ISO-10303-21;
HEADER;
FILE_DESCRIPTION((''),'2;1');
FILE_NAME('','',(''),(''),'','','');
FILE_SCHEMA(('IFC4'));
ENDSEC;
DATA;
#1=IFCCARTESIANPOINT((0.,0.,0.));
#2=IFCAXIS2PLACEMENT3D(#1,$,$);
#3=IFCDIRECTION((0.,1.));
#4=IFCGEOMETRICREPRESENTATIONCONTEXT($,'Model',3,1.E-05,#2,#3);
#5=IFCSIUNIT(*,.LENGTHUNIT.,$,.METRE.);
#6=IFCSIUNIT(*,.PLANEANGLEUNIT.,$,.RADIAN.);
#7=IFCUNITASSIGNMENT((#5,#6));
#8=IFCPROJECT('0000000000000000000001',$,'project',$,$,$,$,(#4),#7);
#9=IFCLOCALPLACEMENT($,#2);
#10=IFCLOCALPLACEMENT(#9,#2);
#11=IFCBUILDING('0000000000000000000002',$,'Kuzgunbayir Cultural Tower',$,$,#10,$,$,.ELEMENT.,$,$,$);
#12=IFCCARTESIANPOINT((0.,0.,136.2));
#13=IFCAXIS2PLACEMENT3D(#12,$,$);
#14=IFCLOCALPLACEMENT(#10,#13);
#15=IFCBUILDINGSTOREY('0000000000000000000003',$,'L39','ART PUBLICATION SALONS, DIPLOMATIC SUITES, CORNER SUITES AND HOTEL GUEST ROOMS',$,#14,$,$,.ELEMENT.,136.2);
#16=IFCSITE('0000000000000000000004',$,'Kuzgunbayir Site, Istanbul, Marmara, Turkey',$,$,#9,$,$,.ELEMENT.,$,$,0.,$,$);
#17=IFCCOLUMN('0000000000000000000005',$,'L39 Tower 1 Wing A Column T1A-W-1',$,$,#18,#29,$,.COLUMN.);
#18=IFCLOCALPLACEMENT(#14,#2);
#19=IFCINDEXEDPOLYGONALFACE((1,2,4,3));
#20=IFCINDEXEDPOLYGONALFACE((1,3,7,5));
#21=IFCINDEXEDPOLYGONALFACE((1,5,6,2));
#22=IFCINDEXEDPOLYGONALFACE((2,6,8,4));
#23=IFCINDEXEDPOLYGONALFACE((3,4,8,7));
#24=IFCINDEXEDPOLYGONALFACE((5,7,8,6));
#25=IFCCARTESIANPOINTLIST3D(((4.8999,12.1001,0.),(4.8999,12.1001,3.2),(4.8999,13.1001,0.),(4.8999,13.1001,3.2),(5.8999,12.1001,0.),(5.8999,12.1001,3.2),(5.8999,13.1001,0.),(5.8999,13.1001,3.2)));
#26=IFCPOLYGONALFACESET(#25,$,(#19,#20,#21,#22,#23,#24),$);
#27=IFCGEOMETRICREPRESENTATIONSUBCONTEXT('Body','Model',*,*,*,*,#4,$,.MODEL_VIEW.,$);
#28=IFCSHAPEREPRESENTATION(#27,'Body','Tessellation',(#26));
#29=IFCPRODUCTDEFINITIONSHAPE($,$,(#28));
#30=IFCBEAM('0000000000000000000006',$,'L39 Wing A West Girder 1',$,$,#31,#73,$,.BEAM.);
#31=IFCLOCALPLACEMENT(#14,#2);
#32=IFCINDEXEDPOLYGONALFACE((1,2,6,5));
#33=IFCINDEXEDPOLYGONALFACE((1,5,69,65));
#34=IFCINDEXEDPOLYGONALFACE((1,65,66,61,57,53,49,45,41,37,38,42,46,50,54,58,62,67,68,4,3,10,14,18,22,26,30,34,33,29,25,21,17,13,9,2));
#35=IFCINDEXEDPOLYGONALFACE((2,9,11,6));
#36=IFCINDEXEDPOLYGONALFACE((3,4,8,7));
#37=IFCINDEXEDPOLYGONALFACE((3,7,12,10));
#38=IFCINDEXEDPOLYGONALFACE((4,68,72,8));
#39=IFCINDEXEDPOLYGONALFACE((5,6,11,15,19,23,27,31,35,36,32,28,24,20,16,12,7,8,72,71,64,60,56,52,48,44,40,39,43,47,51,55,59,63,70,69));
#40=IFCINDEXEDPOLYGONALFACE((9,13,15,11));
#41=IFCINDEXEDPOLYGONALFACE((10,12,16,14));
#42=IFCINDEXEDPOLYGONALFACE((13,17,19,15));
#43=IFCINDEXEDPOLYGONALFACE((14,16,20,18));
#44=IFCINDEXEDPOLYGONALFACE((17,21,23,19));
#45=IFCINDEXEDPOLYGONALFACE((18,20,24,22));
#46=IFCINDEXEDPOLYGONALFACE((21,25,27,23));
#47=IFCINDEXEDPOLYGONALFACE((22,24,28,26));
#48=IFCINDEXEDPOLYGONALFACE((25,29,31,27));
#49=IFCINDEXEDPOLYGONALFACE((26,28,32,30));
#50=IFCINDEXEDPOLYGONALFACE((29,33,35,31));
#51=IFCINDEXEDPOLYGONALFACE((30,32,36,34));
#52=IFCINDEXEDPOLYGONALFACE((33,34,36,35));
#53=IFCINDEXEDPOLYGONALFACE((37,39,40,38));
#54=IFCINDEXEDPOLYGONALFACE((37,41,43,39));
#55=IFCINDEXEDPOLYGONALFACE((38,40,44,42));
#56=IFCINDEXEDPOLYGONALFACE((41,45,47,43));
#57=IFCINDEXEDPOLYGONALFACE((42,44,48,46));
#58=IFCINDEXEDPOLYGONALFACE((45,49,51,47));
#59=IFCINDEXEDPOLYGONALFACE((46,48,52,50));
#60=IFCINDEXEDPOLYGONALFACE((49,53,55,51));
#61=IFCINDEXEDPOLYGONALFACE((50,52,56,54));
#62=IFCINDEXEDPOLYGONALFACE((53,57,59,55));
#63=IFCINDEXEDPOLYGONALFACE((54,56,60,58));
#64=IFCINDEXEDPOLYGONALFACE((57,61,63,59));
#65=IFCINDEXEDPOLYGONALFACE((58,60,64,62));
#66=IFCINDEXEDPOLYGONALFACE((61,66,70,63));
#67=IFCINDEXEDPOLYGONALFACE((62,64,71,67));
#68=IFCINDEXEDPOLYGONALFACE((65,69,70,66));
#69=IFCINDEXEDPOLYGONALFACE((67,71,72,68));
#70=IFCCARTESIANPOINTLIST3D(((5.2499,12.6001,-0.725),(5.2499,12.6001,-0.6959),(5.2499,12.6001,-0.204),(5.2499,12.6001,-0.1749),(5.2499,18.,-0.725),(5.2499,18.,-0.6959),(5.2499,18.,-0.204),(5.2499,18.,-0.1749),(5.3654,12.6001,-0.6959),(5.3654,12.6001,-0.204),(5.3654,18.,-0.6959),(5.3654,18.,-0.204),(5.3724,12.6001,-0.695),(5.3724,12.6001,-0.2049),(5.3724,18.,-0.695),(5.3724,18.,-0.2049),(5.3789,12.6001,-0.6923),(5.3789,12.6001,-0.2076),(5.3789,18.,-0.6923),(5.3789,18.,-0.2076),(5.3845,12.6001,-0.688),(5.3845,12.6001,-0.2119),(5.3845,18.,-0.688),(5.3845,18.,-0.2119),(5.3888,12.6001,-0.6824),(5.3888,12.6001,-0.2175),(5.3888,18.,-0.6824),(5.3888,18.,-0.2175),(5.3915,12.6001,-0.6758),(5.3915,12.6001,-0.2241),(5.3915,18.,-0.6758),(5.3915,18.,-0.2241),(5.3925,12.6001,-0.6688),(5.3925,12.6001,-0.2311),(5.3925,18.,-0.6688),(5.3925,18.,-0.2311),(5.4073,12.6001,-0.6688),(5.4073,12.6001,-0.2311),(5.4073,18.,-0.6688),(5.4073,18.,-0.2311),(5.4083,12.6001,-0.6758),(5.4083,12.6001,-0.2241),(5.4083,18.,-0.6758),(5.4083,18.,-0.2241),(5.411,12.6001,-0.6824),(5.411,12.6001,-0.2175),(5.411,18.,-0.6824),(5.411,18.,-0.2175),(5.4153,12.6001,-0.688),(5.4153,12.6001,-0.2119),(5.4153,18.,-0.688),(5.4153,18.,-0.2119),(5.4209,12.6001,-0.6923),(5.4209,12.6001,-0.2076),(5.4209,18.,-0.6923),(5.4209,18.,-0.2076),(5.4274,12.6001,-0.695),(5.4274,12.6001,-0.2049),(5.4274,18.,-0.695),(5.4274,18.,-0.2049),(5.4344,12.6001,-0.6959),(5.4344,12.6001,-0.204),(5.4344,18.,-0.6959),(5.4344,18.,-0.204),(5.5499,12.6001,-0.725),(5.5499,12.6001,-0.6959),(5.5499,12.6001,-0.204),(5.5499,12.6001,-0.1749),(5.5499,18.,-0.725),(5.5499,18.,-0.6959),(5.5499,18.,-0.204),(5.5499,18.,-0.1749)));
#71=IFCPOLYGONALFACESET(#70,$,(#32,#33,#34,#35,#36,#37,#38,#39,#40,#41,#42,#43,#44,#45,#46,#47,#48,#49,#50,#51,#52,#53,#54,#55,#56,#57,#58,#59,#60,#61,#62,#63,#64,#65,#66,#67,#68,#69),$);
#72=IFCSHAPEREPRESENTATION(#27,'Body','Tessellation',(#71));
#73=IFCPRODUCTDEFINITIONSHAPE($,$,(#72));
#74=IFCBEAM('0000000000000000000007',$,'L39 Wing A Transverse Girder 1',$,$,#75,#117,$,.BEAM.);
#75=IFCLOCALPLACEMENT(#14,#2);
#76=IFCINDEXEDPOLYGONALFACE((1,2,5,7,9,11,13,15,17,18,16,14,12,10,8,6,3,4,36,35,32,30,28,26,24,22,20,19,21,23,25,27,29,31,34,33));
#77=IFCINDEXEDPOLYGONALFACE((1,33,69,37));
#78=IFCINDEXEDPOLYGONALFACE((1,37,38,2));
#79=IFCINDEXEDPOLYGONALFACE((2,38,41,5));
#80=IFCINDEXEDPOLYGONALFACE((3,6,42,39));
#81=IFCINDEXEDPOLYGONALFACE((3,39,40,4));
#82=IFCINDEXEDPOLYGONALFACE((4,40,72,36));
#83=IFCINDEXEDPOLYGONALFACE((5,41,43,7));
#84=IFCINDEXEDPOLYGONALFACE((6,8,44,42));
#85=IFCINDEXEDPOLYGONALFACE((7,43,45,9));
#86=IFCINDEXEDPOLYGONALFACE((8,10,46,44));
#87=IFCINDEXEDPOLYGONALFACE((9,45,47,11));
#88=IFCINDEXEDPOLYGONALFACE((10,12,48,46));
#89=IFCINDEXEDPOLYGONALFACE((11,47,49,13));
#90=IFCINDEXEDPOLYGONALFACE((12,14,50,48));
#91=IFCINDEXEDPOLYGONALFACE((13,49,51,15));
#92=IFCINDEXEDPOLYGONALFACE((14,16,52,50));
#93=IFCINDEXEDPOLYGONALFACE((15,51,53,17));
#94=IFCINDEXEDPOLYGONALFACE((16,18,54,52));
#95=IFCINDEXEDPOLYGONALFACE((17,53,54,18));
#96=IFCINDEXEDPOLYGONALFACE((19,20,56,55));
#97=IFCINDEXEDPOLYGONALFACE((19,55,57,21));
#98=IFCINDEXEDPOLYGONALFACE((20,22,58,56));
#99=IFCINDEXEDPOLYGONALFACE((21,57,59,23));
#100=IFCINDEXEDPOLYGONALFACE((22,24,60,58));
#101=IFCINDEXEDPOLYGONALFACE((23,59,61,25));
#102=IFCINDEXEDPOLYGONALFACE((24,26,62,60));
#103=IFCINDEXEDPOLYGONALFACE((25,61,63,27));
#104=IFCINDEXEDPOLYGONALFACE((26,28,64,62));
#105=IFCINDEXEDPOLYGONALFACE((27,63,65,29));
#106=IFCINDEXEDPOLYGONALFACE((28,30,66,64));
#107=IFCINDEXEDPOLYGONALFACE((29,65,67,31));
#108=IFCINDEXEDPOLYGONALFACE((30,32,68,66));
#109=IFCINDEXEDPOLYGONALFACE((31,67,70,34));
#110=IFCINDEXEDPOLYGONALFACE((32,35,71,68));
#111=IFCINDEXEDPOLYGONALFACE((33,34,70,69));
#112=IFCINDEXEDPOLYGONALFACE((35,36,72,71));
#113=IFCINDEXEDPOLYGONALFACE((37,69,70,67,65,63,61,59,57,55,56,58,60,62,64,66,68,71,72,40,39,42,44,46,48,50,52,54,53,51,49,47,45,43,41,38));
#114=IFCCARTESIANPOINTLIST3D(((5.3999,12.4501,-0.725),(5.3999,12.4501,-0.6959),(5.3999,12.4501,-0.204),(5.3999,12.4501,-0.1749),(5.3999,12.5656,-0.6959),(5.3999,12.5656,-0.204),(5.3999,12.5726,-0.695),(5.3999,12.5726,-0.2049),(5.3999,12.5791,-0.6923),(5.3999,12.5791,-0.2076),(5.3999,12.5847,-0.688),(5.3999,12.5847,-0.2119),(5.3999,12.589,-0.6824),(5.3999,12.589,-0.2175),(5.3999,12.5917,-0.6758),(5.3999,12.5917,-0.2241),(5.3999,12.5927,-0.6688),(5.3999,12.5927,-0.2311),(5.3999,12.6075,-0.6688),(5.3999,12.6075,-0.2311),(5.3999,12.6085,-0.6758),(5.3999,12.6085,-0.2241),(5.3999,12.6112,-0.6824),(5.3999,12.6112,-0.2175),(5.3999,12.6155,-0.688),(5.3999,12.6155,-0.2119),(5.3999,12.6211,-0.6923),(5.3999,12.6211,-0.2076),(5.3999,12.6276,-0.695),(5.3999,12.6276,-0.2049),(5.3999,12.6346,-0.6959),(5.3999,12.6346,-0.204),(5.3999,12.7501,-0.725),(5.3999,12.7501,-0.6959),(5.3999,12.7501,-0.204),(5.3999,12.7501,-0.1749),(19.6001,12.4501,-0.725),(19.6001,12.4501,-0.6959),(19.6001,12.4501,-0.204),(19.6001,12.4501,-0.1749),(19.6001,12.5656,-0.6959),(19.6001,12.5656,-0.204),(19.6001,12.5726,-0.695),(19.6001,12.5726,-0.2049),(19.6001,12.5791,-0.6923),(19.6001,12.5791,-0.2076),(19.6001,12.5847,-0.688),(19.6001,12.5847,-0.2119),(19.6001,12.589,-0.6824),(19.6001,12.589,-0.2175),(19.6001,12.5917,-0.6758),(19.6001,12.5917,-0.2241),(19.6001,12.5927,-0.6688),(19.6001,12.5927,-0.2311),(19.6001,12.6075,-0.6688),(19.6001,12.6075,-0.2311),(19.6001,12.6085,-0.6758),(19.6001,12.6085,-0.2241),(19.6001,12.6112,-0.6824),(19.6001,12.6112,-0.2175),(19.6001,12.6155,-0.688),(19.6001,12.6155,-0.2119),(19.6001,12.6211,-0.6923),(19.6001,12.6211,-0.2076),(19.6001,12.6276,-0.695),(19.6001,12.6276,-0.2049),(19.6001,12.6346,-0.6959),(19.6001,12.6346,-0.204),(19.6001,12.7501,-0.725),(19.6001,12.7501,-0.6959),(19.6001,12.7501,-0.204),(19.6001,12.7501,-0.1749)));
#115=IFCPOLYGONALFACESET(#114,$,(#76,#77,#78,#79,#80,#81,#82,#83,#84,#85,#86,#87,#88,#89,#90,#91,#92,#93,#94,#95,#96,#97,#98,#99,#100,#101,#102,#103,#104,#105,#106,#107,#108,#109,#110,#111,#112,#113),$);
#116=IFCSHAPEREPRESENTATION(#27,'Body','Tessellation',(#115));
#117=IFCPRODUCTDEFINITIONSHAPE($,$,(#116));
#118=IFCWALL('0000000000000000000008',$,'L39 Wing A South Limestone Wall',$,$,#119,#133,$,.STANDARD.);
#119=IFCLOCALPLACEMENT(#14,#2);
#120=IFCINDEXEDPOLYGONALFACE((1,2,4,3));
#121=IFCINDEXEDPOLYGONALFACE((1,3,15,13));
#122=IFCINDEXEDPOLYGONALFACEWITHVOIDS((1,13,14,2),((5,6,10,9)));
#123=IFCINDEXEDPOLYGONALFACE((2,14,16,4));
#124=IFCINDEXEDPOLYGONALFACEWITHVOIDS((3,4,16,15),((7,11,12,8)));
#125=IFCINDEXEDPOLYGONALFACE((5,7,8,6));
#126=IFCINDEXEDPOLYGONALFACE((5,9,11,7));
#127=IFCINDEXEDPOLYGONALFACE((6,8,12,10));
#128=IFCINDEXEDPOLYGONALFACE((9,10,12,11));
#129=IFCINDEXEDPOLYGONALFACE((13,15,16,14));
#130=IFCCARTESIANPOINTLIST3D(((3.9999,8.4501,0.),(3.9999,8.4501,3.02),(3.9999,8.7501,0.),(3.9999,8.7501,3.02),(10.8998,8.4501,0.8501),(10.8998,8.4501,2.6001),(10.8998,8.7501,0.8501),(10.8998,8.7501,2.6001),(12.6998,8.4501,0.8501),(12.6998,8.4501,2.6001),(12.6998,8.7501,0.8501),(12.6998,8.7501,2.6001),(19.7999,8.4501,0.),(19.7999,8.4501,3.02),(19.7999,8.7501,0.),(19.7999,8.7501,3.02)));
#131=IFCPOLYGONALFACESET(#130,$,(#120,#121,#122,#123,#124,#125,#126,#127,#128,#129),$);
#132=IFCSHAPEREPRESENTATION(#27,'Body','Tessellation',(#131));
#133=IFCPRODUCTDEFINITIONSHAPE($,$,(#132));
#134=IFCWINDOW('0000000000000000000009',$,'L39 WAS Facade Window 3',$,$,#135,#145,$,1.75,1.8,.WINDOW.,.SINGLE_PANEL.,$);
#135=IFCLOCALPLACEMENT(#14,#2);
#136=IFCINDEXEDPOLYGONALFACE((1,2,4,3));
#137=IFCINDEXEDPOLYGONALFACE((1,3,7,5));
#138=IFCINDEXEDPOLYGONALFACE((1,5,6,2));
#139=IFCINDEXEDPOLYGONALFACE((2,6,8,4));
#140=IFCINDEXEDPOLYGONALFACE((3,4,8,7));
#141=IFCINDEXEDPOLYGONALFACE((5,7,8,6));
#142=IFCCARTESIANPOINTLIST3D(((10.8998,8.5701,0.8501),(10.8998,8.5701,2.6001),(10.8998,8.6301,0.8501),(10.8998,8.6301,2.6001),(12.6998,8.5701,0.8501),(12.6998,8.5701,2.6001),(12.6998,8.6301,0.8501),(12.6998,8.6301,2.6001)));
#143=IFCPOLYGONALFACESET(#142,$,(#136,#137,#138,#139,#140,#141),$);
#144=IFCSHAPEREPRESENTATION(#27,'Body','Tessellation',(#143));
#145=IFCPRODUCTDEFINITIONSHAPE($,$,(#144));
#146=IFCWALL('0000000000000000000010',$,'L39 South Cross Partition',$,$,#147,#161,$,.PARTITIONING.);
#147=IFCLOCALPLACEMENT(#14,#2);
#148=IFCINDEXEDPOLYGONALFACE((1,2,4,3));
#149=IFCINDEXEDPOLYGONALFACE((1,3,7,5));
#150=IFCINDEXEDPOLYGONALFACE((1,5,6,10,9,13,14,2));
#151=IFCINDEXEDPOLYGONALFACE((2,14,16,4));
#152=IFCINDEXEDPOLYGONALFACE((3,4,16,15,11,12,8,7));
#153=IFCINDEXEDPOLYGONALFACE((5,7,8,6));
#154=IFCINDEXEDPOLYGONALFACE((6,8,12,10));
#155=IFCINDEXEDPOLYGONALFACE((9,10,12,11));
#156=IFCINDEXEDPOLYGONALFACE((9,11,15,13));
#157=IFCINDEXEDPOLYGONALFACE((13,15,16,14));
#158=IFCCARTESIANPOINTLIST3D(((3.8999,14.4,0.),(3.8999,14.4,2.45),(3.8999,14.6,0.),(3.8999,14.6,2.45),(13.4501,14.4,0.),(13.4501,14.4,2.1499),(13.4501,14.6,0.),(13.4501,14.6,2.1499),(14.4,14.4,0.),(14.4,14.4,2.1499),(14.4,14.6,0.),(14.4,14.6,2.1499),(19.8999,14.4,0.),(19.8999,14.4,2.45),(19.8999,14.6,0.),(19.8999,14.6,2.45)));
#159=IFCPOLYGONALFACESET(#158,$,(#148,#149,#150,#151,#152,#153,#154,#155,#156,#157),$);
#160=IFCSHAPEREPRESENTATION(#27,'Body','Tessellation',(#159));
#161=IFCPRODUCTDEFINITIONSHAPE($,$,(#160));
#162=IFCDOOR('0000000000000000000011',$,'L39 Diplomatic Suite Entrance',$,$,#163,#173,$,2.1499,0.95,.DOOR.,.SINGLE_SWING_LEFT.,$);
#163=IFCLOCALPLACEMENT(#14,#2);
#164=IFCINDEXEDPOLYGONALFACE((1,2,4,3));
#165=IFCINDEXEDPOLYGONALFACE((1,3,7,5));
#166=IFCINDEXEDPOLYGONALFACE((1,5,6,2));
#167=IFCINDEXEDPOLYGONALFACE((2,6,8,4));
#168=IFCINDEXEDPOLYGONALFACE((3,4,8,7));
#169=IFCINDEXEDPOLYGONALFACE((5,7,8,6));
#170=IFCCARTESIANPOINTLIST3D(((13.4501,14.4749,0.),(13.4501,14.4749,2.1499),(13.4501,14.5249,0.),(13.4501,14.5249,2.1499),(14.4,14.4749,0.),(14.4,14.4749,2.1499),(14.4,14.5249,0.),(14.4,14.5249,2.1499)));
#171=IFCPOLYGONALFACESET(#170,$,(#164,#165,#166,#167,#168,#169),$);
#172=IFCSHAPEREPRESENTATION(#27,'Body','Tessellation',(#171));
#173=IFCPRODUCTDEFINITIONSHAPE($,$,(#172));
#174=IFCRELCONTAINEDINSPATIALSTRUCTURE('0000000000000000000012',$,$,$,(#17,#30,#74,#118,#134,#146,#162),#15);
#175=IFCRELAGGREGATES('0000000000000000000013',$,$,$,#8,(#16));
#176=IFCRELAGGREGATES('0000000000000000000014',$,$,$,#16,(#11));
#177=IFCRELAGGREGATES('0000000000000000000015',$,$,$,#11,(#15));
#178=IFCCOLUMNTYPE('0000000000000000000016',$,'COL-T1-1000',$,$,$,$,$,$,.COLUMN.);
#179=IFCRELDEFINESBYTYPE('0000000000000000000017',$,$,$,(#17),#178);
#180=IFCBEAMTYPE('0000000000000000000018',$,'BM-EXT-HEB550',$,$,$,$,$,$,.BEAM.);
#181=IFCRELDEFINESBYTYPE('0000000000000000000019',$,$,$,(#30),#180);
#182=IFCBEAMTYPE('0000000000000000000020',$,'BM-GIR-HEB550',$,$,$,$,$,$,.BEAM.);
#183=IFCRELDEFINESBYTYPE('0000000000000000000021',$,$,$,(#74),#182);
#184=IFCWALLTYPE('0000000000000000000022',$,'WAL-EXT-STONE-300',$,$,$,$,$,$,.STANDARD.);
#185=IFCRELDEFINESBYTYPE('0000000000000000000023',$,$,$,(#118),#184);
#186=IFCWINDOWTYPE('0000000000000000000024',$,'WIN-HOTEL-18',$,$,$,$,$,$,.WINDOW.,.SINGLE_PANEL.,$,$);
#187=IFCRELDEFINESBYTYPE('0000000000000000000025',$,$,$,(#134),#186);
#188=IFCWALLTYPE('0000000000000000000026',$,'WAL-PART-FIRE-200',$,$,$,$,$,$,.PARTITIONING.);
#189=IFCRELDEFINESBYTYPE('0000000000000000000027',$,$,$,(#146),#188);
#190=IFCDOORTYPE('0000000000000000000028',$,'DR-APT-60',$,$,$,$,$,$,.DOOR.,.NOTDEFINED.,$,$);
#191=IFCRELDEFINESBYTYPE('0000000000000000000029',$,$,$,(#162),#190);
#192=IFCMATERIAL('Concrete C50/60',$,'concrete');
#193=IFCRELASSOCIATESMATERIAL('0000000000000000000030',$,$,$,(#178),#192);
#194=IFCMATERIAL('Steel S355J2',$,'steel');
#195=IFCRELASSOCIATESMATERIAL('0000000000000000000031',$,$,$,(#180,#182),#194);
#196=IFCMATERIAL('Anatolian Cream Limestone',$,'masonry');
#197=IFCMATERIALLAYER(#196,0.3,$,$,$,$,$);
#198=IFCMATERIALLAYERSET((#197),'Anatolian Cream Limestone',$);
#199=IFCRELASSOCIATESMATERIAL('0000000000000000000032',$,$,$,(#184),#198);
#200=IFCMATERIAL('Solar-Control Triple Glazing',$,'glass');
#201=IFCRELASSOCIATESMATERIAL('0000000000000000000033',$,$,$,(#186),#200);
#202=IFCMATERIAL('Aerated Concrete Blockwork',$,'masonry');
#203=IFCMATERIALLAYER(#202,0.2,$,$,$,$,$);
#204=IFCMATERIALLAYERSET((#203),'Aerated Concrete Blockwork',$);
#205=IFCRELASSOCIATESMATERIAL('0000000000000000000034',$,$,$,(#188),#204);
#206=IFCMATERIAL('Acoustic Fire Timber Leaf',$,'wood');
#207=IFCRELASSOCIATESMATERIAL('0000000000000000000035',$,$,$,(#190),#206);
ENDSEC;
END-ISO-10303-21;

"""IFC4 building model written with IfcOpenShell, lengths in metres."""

from ifc_helpers import new_model, si_unit, direction, frame, frame_2d, origin, origin_2d, place, context, subcontext, project, spatial, rectangle, i_section, extrude, material, layer, layer_set, material_profile, profile_set, type_object, element, fill, save


model = new_model("IFC4")

# Units and contexts
model_context = context("Model", 3, precision=1e-05, world=origin(), true_north=direction((0.0, 1.0)))
body_context = subcontext(model_context, "Body", "Model", "MODEL_VIEW")
ifc_project = project(units=[si_unit("LENGTHUNIT", "METRE"), si_unit("PLANEANGLEUNIT", "RADIAN")], contexts=[model_context])

# Site, building, storey
site_placement = place(None, origin())
site = spatial("IfcSite", under=ifc_project, at=site_placement, Name="Kuzgunbayir Site, Istanbul, Marmara, Turkey", CompositionType="ELEMENT", RefElevation=0.0)
building_placement = place(site_placement, origin())
building = spatial("IfcBuilding", under=site, at=building_placement, Name="Kuzgunbayir Cultural Tower", CompositionType="ELEMENT")
storey_placement = place(building_placement, frame((0.0, 0.0, 136.2)))
storey = spatial("IfcBuildingStorey", under=building, at=storey_placement, Name="L39", Description="ART PUBLICATION SALONS, DIPLOMATIC SUITES, CORNER SUITES AND HOTEL GUEST ROOMS", CompositionType="ELEMENT", Elevation=136.2)

# Column
ifc_material_1 = material(Name="Concrete C50/60", Category="concrete")
ifc_material_profile_1 = material_profile(ifc_material_1, rectangle(XDim=1.0, YDim=1.0, at=origin_2d()), Name="RC 1000x1000")
ifc_profile_set_1 = profile_set([ifc_material_profile_1], Name="Concrete C50/60")
column_type = type_object("IfcColumnType", Name="COL-T1-1000", PredefinedType="COLUMN", material=ifc_profile_set_1)
column_placement = place(storey_placement, frame((5.3999, 12.6001, 0.0), z_axis=(0.0, 0.0, 1.0), x_axis=(1.0, 0.0, 0.0)))
element("IfcColumn", 1, at=column_placement, inside=storey, type_object=column_type, Name="L39 Tower 1 Wing A Column T1A-W-1", PredefinedType="COLUMN", context=body_context, shape_type="SweptSolid", body=[
    extrude(rectangle(XDim=1.0, YDim=1.0, at=origin_2d()), origin(), (0.0, 0.0, 1.0), 3.2),
])

# Beams
ifc_material_2 = material(Name="Steel S355J2", Category="steel")
ifc_material_profile_2 = material_profile(ifc_material_2, i_section(OverallWidth=0.3, OverallDepth=0.55, WebThickness=0.0149, FlangeThickness=0.0291, FilletRadius=0.0271, at=origin_2d()), Name="HEB 550")
ifc_profile_set_2 = profile_set([ifc_material_profile_2], Name="Steel S355J2")
beam_type_1 = type_object("IfcBeamType", Name="BM-EXT-HEB550", PredefinedType="BEAM", material=ifc_profile_set_2)
beam_1_placement = place(storey_placement, frame((5.3999, 12.6001, -0.45), z_axis=(0.0, 1.0, 0.0), x_axis=(-1.0, 0.0, 0.0)))
element("IfcBeam", 2, at=beam_1_placement, inside=storey, type_object=beam_type_1, Name="L39 Wing A West Girder 1", PredefinedType="BEAM", context=body_context, shape_type="SweptSolid", body=[
    extrude(i_section(OverallWidth=0.3, OverallDepth=0.55, WebThickness=0.0149, FlangeThickness=0.0291, FilletRadius=0.0271, at=origin_2d()), origin(), (0.0, 0.0, 1.0), 5.3999),
])
ifc_material_profile_3 = material_profile(ifc_material_2, i_section(OverallWidth=0.3, OverallDepth=0.55, WebThickness=0.0149, FlangeThickness=0.0291, FilletRadius=0.0271, at=origin_2d()), Name="HEB 550")
ifc_profile_set_3 = profile_set([ifc_material_profile_3], Name="Steel S355J2")
beam_type_2 = type_object("IfcBeamType", Name="BM-GIR-HEB550", PredefinedType="BEAM", material=ifc_profile_set_3)
beam_2_placement = place(storey_placement, frame((5.3999, 12.6001, -0.45), z_axis=(1.0, 0.0, 0.0), x_axis=(0.0, 1.0, 0.0)))
element("IfcBeam", 3, at=beam_2_placement, inside=storey, type_object=beam_type_2, Name="L39 Wing A Transverse Girder 1", PredefinedType="BEAM", context=body_context, shape_type="SweptSolid", body=[
    extrude(i_section(OverallWidth=0.3, OverallDepth=0.55, WebThickness=0.0149, FlangeThickness=0.0291, FilletRadius=0.0271, at=origin_2d()), origin(), (0.0, 0.0, 1.0), 14.2002),
])

# Wall, opening, window
ifc_material_3 = material(Name="Anatolian Cream Limestone", Category="masonry")
ifc_layer_1 = layer(ifc_material_3, 0.3)
ifc_layer_set_1 = layer_set([ifc_layer_1], Name="Anatolian Cream Limestone")
wall_type_1 = type_object("IfcWallType", Name="WAL-EXT-STONE-300", PredefinedType="STANDARD", material=ifc_layer_set_1)
wall_1_placement = place(storey_placement, frame((4.0, 8.6001, 0.0), z_axis=(0.0, 0.0, 1.0), x_axis=(1.0, 0.0, 0.0)))
wall_1 = element("IfcWall", 4, at=wall_1_placement, inside=storey, type_object=wall_type_1, Name="L39 Wing A South Limestone Wall", PredefinedType="STANDARD", context=body_context, shape_type="SweptSolid", body=[
    extrude(rectangle(XDim=15.8, YDim=0.3, at=frame_2d((7.8999, 0.0))), origin(), (0.0, 0.0, 1.0), 3.02),
])
opening_1_placement = place(wall_1_placement, frame((6.8999, 0.0, 0.8501)))
opening_1 = element("IfcOpeningElement", 5, at=opening_1_placement, cuts=wall_1, PredefinedType="OPENING", context=body_context, shape_type="SweptSolid", body=[
    extrude(rectangle(XDim=1.8, YDim=1.75, at=frame_2d((0.8999, 0.875))), frame((0.0, 0.1602, 0.0), z_axis=(0.0, -1.0, 0.0), x_axis=(1.0, 0.0, 0.0)), (0.0, 0.0, 1.0), 0.3201),
])
ifc_material_4 = material(Name="Solar-Control Triple Glazing", Category="glass")
window_type = type_object("IfcWindowType", Name="WIN-HOTEL-18", PartitioningType="SINGLE_PANEL", PredefinedType="WINDOW", material=ifc_material_4)
window_placement = place(opening_1_placement, origin())
window = element("IfcWindow", 6, at=window_placement, inside=storey, type_object=window_type, Name="L39 WAS Facade Window 3", OverallHeight=1.75, OverallWidth=1.8, PartitioningType="SINGLE_PANEL", PredefinedType="WINDOW", context=body_context, shape_type="SweptSolid", body=[
    extrude(rectangle(XDim=1.8, YDim=1.75, at=frame_2d((0.8999, 0.875))), frame((0.0, 0.03, 0.0), z_axis=(0.0, -1.0, 0.0), x_axis=(1.0, 0.0, 0.0)), (0.0, 0.0, 1.0), 0.0601),
])
fill(opening_1, window)

# Shared definitions
ifc_material_5 = material(Name="Aerated Concrete Blockwork", Category="masonry")
ifc_layer_2 = layer(ifc_material_5, 0.2)
ifc_layer_set_2 = layer_set([ifc_layer_2], Name="Aerated Concrete Blockwork")
wall_type_2 = type_object("IfcWallType", Name="WAL-PART-FIRE-200", PredefinedType="PARTITIONING", material=ifc_layer_set_2)
ifc_material_6 = material(Name="Acoustic Fire Timber Leaf", Category="wood")
door_type_1 = type_object("IfcDoorType", Name="DR-APT-60", OperationType="NOTDEFINED", PredefinedType="DOOR", material=ifc_material_6)

# Wall, opening, door
wall_2_placement = place(storey_placement, frame((3.8999, 14.5, 0.0), z_axis=(0.0, 0.0, 1.0), x_axis=(1.0, 0.0, 0.0)))
wall_2 = element("IfcWall", 7, at=wall_2_placement, inside=storey, type_object=wall_type_2, Name="L39 South Cross Partition", PredefinedType="PARTITIONING", context=body_context, shape_type="SweptSolid", body=[
    extrude(rectangle(XDim=16.0, YDim=0.2, at=frame_2d((8.0, 0.0))), origin(), (0.0, 0.0, 1.0), 2.45),
])
opening_2_placement = place(wall_2_placement, frame((9.55, 0.0, 0.0)))
opening_2 = element("IfcOpeningElement", 8, at=opening_2_placement, cuts=wall_2, PredefinedType="OPENING", context=body_context, shape_type="SweptSolid", body=[
    extrude(rectangle(XDim=0.95, YDim=2.1499, at=frame_2d((0.4751, 1.075))), frame((0.0, 0.1099, 0.0), z_axis=(0.0, -1.0, 0.0), x_axis=(1.0, 0.0, 0.0)), (0.0, 0.0, 1.0), 0.22),
])
door_1_placement = place(opening_2_placement, origin())
door_1 = element("IfcDoor", 9, at=door_1_placement, inside=storey, type_object=door_type_1, Name="L39 Diplomatic Suite Entrance", OperationType="SINGLE_SWING_LEFT", OverallHeight=2.1499, OverallWidth=0.95, PredefinedType="DOOR", context=body_context, shape_type="SweptSolid", body=[
    extrude(rectangle(XDim=0.95, YDim=2.1499, at=frame_2d((0.4751, 1.075))), frame((0.0, 0.0249, 0.0), z_axis=(0.0, -1.0, 0.0), x_axis=(1.0, 0.0, 0.0)), (0.0, 0.0, 1.0), 0.05),
])
fill(opening_2, door_1)

save(model, "model.ifc")
